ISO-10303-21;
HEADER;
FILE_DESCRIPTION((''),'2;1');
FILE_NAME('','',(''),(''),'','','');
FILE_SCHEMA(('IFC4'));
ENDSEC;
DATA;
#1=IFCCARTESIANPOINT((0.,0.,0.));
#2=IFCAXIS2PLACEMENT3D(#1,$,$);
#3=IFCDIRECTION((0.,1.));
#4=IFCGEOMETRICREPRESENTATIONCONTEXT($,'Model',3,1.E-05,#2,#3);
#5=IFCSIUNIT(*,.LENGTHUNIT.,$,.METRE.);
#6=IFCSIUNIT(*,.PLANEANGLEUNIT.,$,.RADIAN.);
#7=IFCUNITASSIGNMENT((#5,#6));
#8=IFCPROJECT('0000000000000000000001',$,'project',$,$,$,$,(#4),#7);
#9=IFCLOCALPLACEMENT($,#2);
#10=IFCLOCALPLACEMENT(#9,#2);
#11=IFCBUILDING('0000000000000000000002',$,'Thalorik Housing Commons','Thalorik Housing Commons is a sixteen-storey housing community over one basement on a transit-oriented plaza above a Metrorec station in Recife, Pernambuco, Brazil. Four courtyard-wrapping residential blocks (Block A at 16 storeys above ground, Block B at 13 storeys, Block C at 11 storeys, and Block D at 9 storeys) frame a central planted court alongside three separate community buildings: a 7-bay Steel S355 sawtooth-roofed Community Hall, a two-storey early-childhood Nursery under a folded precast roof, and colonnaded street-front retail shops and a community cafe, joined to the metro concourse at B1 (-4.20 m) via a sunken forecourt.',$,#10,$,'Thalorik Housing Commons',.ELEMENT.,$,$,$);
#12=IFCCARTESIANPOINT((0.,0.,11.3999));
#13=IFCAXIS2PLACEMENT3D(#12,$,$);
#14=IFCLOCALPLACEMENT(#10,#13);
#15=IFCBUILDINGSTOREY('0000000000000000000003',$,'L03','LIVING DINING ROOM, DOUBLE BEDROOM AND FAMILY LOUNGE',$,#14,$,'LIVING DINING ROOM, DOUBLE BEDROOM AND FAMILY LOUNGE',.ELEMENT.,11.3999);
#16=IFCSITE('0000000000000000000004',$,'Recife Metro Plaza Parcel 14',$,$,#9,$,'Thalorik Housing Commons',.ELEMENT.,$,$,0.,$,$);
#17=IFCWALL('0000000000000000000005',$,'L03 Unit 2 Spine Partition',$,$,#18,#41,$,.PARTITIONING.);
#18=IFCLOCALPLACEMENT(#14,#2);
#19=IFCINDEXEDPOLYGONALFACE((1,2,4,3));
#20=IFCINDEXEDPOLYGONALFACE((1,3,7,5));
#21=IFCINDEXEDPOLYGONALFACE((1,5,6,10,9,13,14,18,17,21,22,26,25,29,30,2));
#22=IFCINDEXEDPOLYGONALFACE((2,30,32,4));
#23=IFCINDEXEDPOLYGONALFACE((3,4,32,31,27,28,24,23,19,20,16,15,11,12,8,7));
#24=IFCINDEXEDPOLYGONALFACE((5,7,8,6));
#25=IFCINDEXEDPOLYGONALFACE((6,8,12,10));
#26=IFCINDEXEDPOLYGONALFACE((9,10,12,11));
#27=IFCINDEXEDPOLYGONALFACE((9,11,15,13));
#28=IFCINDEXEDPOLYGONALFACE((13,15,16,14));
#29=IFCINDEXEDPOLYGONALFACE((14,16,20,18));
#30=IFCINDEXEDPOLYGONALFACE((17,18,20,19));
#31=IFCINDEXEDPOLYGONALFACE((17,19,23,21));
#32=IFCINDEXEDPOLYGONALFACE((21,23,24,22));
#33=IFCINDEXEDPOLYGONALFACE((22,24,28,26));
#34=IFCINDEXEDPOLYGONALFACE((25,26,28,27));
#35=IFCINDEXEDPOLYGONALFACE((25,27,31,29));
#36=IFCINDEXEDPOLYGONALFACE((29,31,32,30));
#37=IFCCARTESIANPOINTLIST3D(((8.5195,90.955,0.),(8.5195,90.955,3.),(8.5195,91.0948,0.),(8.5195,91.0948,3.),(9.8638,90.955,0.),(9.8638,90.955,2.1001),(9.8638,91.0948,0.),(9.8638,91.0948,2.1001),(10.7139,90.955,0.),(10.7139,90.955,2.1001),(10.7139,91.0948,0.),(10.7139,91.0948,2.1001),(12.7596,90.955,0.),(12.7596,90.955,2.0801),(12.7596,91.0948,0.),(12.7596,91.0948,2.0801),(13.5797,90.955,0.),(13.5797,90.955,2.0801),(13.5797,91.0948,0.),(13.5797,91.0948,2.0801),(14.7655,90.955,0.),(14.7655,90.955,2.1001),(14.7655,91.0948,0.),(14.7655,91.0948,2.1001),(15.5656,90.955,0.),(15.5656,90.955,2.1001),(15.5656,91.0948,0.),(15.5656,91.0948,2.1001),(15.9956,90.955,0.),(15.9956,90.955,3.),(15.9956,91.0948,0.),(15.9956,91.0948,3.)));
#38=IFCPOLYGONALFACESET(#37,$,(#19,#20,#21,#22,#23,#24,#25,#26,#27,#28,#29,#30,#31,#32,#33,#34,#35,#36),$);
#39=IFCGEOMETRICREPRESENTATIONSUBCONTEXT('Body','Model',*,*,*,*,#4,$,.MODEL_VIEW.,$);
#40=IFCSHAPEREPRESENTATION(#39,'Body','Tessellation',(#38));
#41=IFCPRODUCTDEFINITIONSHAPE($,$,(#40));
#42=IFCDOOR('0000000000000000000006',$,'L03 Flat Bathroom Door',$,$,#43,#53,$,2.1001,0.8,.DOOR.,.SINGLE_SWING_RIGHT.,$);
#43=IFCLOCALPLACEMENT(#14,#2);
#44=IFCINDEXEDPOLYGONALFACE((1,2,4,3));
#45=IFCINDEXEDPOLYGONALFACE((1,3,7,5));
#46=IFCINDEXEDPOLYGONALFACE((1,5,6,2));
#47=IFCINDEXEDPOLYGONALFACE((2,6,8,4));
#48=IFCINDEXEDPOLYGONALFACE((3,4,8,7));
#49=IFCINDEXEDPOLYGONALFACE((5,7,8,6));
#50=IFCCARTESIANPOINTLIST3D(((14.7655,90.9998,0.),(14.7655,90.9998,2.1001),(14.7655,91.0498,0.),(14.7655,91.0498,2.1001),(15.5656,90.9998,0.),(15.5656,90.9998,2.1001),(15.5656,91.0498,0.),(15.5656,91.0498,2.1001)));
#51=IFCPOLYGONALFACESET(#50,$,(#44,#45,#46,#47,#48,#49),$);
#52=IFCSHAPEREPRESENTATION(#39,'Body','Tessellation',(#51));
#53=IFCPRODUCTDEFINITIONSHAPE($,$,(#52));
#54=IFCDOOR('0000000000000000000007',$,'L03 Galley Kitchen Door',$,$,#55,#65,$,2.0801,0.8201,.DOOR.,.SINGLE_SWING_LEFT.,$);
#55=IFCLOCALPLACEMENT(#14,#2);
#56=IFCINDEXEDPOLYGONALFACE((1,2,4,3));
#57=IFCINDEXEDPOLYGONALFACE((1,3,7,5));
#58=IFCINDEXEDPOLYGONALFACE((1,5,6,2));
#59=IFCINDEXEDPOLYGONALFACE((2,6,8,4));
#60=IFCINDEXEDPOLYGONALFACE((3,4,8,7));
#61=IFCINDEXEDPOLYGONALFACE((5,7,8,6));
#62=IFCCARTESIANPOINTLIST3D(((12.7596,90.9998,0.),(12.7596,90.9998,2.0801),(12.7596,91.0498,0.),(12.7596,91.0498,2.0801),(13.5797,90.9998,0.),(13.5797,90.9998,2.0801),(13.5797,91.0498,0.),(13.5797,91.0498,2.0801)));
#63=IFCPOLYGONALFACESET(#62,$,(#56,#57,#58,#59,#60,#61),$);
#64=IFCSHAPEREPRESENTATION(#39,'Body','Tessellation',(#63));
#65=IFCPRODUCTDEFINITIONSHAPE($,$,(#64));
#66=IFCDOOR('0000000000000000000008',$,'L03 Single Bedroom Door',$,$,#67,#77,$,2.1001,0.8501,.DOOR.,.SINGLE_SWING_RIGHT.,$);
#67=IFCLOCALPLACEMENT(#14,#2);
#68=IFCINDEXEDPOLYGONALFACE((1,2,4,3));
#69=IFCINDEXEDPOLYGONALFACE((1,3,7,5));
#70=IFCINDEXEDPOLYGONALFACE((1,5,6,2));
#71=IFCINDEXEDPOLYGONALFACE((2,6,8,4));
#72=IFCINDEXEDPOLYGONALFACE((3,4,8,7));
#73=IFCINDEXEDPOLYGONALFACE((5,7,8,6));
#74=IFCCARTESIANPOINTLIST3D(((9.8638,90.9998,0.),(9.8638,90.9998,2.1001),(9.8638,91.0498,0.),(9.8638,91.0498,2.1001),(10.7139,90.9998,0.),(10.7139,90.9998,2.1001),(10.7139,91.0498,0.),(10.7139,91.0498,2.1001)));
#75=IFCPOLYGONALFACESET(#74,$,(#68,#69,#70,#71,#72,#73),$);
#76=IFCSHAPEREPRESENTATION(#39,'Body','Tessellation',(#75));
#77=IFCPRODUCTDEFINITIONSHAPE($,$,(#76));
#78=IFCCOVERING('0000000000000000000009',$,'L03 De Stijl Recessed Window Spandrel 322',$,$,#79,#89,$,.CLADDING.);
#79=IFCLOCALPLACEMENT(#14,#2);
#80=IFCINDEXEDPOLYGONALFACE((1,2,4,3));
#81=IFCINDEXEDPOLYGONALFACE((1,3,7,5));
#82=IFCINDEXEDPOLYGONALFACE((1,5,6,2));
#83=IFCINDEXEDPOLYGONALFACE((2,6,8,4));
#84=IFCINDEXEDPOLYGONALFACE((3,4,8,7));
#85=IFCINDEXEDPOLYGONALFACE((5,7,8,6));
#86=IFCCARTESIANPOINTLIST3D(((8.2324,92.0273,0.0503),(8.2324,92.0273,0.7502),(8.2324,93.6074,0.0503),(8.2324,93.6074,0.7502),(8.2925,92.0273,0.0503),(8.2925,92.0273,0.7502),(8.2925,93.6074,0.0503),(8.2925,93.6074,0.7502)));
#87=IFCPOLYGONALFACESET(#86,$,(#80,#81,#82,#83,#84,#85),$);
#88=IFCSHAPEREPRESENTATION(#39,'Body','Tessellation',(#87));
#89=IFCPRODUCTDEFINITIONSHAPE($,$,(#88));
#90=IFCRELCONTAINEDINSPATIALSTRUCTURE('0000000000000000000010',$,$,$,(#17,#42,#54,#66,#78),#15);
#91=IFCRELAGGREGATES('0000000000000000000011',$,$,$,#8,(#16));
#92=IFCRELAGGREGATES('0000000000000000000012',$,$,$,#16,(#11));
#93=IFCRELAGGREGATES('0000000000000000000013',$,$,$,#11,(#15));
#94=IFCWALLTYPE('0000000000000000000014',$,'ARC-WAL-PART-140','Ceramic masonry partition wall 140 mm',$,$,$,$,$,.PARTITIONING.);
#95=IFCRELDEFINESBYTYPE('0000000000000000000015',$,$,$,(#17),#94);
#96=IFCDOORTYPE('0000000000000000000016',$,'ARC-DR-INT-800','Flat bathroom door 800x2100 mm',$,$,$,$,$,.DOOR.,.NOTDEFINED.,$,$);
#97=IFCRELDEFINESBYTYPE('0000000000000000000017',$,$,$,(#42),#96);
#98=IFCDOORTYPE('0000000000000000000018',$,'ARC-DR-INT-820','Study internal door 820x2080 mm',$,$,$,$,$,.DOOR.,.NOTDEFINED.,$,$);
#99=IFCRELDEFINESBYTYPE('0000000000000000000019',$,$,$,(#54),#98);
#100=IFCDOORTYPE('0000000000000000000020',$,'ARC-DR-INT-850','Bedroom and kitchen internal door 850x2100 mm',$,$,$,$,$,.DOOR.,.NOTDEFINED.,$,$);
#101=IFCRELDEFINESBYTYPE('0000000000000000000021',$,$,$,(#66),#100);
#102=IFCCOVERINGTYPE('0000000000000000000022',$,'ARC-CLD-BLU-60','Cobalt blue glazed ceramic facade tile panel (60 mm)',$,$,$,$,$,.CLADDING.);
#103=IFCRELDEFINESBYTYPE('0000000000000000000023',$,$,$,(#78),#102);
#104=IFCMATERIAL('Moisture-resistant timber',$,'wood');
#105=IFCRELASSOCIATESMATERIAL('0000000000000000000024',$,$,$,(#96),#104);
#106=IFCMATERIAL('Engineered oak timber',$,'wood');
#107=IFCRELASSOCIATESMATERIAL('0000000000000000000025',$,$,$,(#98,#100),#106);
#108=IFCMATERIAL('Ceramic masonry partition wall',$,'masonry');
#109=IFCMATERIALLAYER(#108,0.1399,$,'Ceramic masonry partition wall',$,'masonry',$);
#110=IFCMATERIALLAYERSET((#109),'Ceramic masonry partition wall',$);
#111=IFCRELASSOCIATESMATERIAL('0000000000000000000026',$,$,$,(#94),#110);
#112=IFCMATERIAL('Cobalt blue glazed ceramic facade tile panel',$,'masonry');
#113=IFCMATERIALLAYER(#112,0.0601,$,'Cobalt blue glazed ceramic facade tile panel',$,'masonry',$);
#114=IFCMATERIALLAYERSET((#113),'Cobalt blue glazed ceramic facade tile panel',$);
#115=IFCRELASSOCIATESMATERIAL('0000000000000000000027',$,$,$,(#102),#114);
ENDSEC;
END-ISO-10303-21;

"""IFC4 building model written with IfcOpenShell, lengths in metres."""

from ifc_helpers import new_model, si_unit, direction, frame, frame_2d, origin, origin_2d, place, context, subcontext, project, spatial, rectangle, extrude, material, layer, layer_set, type_object, element, fill, save


model = new_model("IFC4")

# Units and contexts
model_context = context("Model", 3, precision=1e-05, world=origin(), true_north=direction((0.0, 1.0)))
body_context = subcontext(model_context, "Body", "Model", "MODEL_VIEW")
ifc_project = project(units=[si_unit("LENGTHUNIT", "METRE"), si_unit("PLANEANGLEUNIT", "RADIAN")], contexts=[model_context])

# Site, building, storey
site_placement = place(None, origin())
site = spatial("IfcSite", under=ifc_project, at=site_placement, Name="Recife Metro Plaza Parcel 14", LongName="Thalorik Housing Commons", CompositionType="ELEMENT", RefElevation=0.0)
building_placement = place(site_placement, origin())
building = spatial("IfcBuilding", under=site, at=building_placement, Name="Thalorik Housing Commons", Description="Thalorik Housing Commons is a sixteen-storey housing community over one basement on a transit-oriented plaza above a Metrorec station in Recife, Pernambuco, Brazil. Four courtyard-wrapping residential blocks (Block A at 16 storeys above ground, Block B at 13 storeys, Block C at 11 storeys, and Block D at 9 storeys) frame a central planted court alongside three separate community buildings: a 7-bay Steel S355 sawtooth-roofed Community Hall, a two-storey early-childhood Nursery under a folded precast roof, and colonnaded street-front retail shops and a community cafe, joined to the metro concourse at B1 (-4.20 m) via a sunken forecourt.", LongName="Thalorik Housing Commons", CompositionType="ELEMENT")
storey_placement = place(building_placement, frame((0.0, 0.0, 11.3999)))
storey = spatial("IfcBuildingStorey", under=building, at=storey_placement, Name="L03", Description="LIVING DINING ROOM, DOUBLE BEDROOM AND FAMILY LOUNGE", LongName="LIVING DINING ROOM, DOUBLE BEDROOM AND FAMILY LOUNGE", CompositionType="ELEMENT", Elevation=11.3999)

# Shared definitions
ifc_material_1 = material(Name="Moisture-resistant timber", Category="wood")
door_type_1 = type_object("IfcDoorType", Name="ARC-DR-INT-800", Description="Flat bathroom door 800x2100 mm", OperationType="NOTDEFINED", PredefinedType="DOOR", material=ifc_material_1)
ifc_material_2 = material(Name="Engineered oak timber", Category="wood")
door_type_2 = type_object("IfcDoorType", Name="ARC-DR-INT-820", Description="Study internal door 820x2080 mm", OperationType="NOTDEFINED", PredefinedType="DOOR", material=ifc_material_2)
door_type_3 = type_object("IfcDoorType", Name="ARC-DR-INT-850", Description="Bedroom and kitchen internal door 850x2100 mm", OperationType="NOTDEFINED", PredefinedType="DOOR", material=ifc_material_2)

# Wall, openings, doors
ifc_material_3 = material(Name="Ceramic masonry partition wall", Category="masonry")
ifc_layer_1 = layer(ifc_material_3, 0.1399, Name="Ceramic masonry partition wall", Category="masonry")
ifc_layer_set_1 = layer_set([ifc_layer_1], Name="Ceramic masonry partition wall")
wall_type_1 = type_object("IfcWallType", Name="ARC-WAL-PART-140", Description="Ceramic masonry partition wall 140 mm", PredefinedType="PARTITIONING", material=ifc_layer_set_1)
wall_1_placement = place(storey_placement, frame((8.5195, 91.0249, 0.0), z_axis=(0.0, 0.0, 1.0), x_axis=(1.0, 0.0, 0.0)))
wall_1 = element("IfcWall", 1, at=wall_1_placement, inside=storey, type_object=wall_type_1, Name="L03 Unit 2 Spine Partition", PredefinedType="PARTITIONING", context=body_context, shape_type="SweptSolid", body=[
    extrude(rectangle(XDim=7.4761, YDim=0.1399, at=frame_2d((3.738, 0.0))), origin(), (0.0, 0.0, 1.0), 3.0),
])
opening_1_placement = place(wall_1_placement, frame((1.3442, 0.0, 0.0)))
opening_1 = element("IfcOpeningElement", 2, at=opening_1_placement, cuts=wall_1, PredefinedType="OPENING", context=body_context, shape_type="SweptSolid", body=[
    extrude(rectangle(XDim=0.8501, YDim=2.1001, at=frame_2d((0.425, 1.05))), frame((0.0, 0.0801, 0.0), z_axis=(0.0, -1.0, 0.0), x_axis=(1.0, 0.0, 0.0)), (0.0, 0.0, 1.0), 0.1599),
])
opening_2_placement = place(wall_1_placement, frame((4.24, 0.0, 0.0)))
opening_2 = element("IfcOpeningElement", 3, at=opening_2_placement, cuts=wall_1, PredefinedType="OPENING", context=body_context, shape_type="SweptSolid", body=[
    extrude(rectangle(XDim=0.8201, YDim=2.0801, at=frame_2d((0.4102, 1.04))), frame((0.0, 0.0801, 0.0), z_axis=(0.0, -1.0, 0.0), x_axis=(1.0, 0.0, 0.0)), (0.0, 0.0, 1.0), 0.1599),
])
opening_3_placement = place(wall_1_placement, frame((6.2461, 0.0, 0.0)))
opening_3 = element("IfcOpeningElement", 4, at=opening_3_placement, cuts=wall_1, PredefinedType="OPENING", context=body_context, shape_type="SweptSolid", body=[
    extrude(rectangle(XDim=0.8, YDim=2.1001, at=frame_2d((0.3999, 1.05))), frame((0.0, 0.0801, 0.0), z_axis=(0.0, -1.0, 0.0), x_axis=(1.0, 0.0, 0.0)), (0.0, 0.0, 1.0), 0.1599),
])
door_1_placement = place(opening_3_placement, origin())
door_1 = element("IfcDoor", 5, at=door_1_placement, inside=storey, type_object=door_type_1, Name="L03 Flat Bathroom Door", OperationType="SINGLE_SWING_RIGHT", OverallHeight=2.1001, OverallWidth=0.8, PredefinedType="DOOR", context=body_context, shape_type="SweptSolid", body=[
    extrude(rectangle(XDim=0.8, YDim=2.1001, at=frame_2d((0.3999, 1.05))), frame((0.0, 0.0249, 0.0), z_axis=(0.0, -1.0, 0.0), x_axis=(1.0, 0.0, 0.0)), (0.0, 0.0, 1.0), 0.05),
])
fill(opening_3, door_1)
door_2_placement = place(opening_2_placement, origin())
door_2 = element("IfcDoor", 6, at=door_2_placement, inside=storey, type_object=door_type_2, Name="L03 Galley Kitchen Door", OperationType="SINGLE_SWING_LEFT", OverallHeight=2.0801, OverallWidth=0.8201, PredefinedType="DOOR", context=body_context, shape_type="SweptSolid", body=[
    extrude(rectangle(XDim=0.8201, YDim=2.0801, at=frame_2d((0.4102, 1.04))), frame((0.0, 0.0249, 0.0), z_axis=(0.0, -1.0, 0.0), x_axis=(1.0, 0.0, 0.0)), (0.0, 0.0, 1.0), 0.05),
])
fill(opening_2, door_2)
door_3_placement = place(opening_1_placement, origin())
door_3 = element("IfcDoor", 7, at=door_3_placement, inside=storey, type_object=door_type_3, Name="L03 Single Bedroom Door", OperationType="SINGLE_SWING_RIGHT", OverallHeight=2.1001, OverallWidth=0.8501, PredefinedType="DOOR", context=body_context, shape_type="SweptSolid", body=[
    extrude(rectangle(XDim=0.8501, YDim=2.1001, at=frame_2d((0.425, 1.05))), frame((0.0, 0.0249, 0.0), z_axis=(0.0, -1.0, 0.0), x_axis=(1.0, 0.0, 0.0)), (0.0, 0.0, 1.0), 0.05),
])
fill(opening_1, door_3)

# Covering
ifc_material_4 = material(Name="Cobalt blue glazed ceramic facade tile panel", Category="masonry")
ifc_layer_2 = layer(ifc_material_4, 0.0601, Name="Cobalt blue glazed ceramic facade tile panel", Category="masonry")
ifc_layer_set_2 = layer_set([ifc_layer_2], Name="Cobalt blue glazed ceramic facade tile panel")
covering_type_1 = type_object("IfcCoveringType", Name="ARC-CLD-BLU-60", Description="Cobalt blue glazed ceramic facade tile panel (60 mm)", PredefinedType="CLADDING", material=ifc_layer_set_2)
covering_1_placement = place(storey_placement, frame((8.2625, 92.8174, 0.0503), z_axis=(0.0, 0.0, 1.0), x_axis=(0.0, -1.0, 0.0)))
element("IfcCovering", 8, at=covering_1_placement, inside=storey, type_object=covering_type_1, Name="L03 De Stijl Recessed Window Spandrel 322", PredefinedType="CLADDING", context=body_context, shape_type="SweptSolid", body=[
    extrude(rectangle(XDim=1.5801, YDim=0.0601, at=origin_2d()), origin(), (0.0, 0.0, 1.0), 0.7),
])

save(model, "model.ifc")
